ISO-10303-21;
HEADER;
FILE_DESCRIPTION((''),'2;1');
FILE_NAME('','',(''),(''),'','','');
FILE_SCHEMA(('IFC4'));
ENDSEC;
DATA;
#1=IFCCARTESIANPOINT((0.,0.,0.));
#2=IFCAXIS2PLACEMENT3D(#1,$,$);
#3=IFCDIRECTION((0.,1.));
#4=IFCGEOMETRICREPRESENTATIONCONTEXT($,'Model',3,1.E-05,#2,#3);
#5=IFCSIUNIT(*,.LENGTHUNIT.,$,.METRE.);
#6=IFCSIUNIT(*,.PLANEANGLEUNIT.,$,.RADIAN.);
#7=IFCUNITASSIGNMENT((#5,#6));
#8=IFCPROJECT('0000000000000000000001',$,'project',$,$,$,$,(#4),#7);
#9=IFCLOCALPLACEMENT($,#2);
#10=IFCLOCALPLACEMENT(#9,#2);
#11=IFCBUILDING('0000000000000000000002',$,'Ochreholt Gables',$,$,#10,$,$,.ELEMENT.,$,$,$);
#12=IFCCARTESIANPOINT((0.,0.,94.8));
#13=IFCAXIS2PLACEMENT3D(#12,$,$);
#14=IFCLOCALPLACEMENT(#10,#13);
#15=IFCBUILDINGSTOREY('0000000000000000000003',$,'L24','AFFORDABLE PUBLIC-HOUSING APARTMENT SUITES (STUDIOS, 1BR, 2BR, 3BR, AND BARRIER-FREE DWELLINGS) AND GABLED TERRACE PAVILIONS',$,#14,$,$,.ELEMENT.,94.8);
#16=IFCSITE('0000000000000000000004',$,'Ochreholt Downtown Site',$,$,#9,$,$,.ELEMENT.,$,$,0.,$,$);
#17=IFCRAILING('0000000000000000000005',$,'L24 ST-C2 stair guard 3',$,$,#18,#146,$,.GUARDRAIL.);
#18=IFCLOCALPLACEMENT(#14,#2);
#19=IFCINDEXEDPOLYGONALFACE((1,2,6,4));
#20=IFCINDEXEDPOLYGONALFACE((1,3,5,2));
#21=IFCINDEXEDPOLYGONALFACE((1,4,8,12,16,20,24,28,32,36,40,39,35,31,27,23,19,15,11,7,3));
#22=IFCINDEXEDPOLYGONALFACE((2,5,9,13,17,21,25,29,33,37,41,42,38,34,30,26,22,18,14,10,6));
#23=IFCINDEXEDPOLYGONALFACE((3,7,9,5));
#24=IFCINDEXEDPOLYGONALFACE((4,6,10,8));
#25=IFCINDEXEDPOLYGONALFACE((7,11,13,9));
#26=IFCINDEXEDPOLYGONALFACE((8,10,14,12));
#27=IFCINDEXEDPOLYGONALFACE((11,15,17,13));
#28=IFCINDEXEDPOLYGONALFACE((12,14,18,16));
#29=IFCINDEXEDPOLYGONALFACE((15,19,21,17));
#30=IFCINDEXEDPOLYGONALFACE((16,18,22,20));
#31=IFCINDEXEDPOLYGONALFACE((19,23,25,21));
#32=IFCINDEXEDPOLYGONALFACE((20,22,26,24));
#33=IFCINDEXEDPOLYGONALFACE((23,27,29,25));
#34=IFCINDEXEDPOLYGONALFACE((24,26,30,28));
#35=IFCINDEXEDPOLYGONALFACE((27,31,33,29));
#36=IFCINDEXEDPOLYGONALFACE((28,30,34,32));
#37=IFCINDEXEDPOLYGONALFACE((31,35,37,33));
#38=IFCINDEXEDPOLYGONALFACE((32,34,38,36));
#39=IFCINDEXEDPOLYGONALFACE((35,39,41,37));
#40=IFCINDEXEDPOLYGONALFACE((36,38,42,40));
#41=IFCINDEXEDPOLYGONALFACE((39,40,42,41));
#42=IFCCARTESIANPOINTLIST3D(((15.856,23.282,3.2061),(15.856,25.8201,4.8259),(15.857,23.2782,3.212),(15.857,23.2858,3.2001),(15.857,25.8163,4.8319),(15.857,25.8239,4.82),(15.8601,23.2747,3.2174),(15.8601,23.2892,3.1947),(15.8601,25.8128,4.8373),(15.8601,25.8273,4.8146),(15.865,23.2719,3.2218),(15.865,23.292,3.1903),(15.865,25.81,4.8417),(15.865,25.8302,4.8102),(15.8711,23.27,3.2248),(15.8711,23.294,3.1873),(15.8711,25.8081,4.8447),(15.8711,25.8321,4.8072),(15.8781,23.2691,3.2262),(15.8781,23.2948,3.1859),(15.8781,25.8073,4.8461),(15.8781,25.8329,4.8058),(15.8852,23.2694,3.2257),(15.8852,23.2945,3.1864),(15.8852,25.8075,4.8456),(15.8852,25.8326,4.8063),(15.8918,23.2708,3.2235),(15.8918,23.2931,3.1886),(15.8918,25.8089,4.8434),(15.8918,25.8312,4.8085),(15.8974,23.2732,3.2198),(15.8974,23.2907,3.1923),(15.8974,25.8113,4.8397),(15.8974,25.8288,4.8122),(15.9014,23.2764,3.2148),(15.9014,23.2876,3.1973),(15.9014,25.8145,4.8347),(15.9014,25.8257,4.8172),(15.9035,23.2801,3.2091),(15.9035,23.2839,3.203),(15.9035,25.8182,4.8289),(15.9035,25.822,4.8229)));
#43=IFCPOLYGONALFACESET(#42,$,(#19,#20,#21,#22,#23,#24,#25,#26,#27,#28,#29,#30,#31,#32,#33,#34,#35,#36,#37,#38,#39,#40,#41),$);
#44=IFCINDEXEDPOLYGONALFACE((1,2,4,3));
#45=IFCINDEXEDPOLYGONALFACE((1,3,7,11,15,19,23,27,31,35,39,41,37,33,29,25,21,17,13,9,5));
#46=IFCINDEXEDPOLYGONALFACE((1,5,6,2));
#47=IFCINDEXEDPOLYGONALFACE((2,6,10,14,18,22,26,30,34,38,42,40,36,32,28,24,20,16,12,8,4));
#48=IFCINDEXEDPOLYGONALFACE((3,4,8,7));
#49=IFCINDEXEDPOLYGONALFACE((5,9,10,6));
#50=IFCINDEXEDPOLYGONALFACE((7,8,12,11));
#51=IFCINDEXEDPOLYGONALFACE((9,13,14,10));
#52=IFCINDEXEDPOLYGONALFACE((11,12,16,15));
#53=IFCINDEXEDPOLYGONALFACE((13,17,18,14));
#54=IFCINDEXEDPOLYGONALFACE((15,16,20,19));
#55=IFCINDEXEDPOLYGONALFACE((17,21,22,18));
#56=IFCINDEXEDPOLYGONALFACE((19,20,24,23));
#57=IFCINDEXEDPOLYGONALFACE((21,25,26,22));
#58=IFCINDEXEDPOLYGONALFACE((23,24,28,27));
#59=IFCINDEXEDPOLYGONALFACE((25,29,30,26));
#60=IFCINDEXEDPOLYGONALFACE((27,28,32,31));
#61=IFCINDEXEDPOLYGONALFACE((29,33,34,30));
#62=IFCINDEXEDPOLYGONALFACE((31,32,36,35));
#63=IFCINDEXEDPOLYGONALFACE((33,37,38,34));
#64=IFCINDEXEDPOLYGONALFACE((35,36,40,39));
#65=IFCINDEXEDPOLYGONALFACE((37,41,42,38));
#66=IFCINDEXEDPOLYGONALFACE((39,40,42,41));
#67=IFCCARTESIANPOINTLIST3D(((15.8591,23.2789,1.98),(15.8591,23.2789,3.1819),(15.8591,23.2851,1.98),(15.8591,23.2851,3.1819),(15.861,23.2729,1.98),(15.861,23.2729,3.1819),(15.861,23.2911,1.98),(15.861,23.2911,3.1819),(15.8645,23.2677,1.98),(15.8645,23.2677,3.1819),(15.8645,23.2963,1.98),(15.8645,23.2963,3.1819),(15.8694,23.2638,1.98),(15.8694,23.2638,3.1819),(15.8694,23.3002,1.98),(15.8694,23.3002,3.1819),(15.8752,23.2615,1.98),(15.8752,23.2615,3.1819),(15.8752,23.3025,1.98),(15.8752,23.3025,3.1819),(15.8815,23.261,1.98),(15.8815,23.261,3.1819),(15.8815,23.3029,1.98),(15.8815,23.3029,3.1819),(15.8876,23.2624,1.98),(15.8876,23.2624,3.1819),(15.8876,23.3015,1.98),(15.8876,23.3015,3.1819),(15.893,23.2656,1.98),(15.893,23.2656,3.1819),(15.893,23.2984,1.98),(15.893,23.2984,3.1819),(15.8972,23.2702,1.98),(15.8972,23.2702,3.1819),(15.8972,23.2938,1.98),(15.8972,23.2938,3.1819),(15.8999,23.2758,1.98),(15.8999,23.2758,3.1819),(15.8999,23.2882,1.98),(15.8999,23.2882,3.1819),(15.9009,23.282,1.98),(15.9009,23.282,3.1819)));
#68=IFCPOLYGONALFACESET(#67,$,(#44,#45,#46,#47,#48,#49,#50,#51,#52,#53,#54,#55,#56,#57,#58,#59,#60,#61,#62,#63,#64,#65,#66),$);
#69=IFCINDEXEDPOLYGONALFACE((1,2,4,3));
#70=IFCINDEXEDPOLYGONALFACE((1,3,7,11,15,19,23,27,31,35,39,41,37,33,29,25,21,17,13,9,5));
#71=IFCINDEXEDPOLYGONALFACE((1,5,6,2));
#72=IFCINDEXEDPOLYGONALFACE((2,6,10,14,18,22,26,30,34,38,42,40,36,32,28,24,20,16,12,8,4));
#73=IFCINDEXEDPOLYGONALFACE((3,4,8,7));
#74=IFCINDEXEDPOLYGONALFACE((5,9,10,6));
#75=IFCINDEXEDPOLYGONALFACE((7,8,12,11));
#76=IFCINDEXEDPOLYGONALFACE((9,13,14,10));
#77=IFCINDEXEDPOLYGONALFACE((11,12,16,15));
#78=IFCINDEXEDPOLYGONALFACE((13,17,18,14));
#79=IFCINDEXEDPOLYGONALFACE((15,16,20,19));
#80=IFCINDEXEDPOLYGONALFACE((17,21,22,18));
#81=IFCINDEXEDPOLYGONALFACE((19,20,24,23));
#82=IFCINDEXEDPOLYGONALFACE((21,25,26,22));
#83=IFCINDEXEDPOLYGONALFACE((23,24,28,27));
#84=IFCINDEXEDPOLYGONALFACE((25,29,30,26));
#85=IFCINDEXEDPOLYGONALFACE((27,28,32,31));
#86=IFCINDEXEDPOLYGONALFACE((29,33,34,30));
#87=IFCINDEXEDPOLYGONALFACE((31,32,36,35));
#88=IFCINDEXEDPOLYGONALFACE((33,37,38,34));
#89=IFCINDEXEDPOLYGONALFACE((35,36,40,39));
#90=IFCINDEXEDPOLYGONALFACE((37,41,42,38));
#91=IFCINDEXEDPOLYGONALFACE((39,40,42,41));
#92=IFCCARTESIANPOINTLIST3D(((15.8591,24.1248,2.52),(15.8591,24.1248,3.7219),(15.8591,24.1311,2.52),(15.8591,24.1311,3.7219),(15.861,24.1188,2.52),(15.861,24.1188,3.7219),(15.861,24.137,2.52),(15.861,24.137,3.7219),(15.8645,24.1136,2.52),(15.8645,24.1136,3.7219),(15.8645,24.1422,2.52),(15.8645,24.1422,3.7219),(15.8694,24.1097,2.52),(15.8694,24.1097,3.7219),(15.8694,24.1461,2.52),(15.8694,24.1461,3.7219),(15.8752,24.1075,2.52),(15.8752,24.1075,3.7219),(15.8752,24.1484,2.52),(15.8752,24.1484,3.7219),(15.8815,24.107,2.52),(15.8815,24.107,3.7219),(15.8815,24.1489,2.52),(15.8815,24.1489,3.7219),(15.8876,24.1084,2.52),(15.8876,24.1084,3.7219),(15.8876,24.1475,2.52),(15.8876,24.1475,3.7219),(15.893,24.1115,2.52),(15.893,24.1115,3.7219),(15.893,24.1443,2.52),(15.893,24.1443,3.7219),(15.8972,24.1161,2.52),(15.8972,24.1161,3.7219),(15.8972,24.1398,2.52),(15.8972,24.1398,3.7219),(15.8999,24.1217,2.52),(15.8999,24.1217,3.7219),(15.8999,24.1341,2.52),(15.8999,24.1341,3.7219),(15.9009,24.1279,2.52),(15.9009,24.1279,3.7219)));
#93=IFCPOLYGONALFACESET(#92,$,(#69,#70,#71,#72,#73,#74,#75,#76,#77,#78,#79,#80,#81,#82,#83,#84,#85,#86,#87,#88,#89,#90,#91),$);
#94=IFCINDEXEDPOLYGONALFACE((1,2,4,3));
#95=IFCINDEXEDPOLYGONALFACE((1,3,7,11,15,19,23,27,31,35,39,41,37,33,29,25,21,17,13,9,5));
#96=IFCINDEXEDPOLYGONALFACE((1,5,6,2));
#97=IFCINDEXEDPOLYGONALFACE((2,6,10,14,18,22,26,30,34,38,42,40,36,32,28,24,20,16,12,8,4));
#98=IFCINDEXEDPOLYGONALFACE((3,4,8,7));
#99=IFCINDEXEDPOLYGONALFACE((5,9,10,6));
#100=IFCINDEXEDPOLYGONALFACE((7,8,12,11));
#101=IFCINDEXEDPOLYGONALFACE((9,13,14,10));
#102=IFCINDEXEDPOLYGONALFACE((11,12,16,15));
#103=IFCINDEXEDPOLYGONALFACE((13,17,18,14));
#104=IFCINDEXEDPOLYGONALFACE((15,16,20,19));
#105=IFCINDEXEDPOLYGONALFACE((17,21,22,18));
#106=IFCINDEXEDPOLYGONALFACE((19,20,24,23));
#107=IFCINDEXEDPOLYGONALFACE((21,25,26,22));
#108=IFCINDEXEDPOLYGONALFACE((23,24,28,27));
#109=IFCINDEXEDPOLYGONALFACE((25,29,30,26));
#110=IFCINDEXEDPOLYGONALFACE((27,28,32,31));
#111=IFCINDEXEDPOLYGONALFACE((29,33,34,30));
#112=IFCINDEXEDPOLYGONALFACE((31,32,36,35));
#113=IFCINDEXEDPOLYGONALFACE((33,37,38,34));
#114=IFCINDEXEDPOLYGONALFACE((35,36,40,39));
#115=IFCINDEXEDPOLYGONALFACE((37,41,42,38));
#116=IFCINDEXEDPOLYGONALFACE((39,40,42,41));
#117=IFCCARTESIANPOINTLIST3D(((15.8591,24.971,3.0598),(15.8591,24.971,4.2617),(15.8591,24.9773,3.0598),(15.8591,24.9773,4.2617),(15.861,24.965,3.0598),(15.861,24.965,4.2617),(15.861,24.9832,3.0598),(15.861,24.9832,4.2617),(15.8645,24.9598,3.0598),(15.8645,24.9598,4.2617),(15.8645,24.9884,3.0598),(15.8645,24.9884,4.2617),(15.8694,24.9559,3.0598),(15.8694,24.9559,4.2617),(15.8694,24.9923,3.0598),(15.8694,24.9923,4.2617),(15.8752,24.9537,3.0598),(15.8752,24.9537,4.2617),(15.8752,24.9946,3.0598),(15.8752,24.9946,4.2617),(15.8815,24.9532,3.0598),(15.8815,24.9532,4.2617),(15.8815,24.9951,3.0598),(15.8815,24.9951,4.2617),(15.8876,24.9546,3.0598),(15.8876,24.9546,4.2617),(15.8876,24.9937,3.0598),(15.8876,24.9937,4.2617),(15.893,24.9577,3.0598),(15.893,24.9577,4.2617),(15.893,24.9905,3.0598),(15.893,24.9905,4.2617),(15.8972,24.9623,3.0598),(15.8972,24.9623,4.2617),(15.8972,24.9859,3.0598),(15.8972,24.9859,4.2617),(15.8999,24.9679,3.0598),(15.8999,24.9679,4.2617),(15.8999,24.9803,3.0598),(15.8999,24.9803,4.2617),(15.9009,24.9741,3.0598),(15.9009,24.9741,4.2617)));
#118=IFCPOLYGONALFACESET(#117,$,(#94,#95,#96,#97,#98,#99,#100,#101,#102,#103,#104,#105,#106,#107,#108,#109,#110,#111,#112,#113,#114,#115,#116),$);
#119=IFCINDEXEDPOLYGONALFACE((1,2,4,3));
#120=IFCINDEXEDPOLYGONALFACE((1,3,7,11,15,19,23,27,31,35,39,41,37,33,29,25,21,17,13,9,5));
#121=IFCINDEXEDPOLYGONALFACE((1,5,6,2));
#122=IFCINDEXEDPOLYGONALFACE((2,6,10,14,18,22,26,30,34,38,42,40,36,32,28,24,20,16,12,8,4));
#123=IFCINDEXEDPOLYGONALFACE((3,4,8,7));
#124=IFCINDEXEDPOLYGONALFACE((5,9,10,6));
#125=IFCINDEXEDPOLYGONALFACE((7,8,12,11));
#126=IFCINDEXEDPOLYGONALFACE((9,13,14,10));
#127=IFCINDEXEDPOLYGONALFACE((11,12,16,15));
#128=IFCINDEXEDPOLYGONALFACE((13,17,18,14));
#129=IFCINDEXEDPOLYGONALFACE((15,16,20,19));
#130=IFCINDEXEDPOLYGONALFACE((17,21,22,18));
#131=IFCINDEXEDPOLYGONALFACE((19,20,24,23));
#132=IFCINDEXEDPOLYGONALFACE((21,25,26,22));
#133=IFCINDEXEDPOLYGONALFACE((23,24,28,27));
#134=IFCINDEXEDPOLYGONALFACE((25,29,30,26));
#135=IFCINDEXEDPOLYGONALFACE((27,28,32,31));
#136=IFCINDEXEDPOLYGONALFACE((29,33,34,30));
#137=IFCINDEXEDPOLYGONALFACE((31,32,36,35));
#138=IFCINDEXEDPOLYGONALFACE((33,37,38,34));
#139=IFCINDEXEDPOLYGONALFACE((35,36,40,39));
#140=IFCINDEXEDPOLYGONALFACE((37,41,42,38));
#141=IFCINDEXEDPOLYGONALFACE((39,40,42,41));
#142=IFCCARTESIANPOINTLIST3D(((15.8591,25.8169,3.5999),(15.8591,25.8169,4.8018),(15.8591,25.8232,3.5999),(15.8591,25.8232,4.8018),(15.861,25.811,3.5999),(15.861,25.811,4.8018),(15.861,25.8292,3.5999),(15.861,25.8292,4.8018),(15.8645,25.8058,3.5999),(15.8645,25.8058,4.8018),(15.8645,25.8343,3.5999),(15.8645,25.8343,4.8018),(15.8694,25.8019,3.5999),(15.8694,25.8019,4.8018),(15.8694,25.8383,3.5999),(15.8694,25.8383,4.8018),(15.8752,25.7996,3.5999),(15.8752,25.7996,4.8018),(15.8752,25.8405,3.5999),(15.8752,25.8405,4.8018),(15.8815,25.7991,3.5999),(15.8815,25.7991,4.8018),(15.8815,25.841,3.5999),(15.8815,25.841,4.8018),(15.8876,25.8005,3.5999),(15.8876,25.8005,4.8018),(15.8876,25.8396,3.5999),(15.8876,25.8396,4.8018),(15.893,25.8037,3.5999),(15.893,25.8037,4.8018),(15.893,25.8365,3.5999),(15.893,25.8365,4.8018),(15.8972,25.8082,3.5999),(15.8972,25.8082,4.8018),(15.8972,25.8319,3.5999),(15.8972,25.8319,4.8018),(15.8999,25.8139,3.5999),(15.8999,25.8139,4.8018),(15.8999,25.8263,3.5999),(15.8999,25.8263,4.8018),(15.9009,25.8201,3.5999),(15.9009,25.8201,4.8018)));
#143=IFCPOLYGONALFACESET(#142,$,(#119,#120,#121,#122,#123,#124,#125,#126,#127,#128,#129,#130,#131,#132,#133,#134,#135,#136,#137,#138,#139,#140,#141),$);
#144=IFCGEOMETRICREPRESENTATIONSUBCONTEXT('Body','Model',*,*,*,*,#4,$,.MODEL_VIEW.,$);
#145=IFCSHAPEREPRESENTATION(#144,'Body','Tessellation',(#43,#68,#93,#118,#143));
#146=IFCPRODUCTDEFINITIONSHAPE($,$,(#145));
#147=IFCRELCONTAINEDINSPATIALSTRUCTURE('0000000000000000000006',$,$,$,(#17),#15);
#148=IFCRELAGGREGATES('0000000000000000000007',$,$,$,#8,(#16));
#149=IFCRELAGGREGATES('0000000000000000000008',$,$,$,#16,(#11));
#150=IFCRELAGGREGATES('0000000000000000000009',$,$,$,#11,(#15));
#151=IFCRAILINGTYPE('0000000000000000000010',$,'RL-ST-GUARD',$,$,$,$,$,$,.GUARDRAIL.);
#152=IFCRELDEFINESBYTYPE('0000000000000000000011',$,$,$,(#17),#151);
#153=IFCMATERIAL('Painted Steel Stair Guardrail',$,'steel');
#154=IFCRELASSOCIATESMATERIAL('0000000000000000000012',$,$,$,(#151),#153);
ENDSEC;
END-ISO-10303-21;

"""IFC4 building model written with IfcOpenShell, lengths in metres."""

from ifc_helpers import new_model, si_unit, direction, frame, origin, origin_2d, place, context, subcontext, project, spatial, circle, extrude, material, type_object, element, save


model = new_model("IFC4")

# Units and contexts
model_context = context("Model", 3, precision=1e-05, world=origin(), true_north=direction((0.0, 1.0)))
body_context = subcontext(model_context, "Body", "Model", "MODEL_VIEW")
ifc_project = project(units=[si_unit("LENGTHUNIT", "METRE"), si_unit("PLANEANGLEUNIT", "RADIAN")], contexts=[model_context])

# Site, building, storey
site_placement = place(None, origin())
site = spatial("IfcSite", under=ifc_project, at=site_placement, Name="Ochreholt Downtown Site", CompositionType="ELEMENT", RefElevation=0.0)
building_placement = place(site_placement, origin())
building = spatial("IfcBuilding", under=site, at=building_placement, Name="Ochreholt Gables", CompositionType="ELEMENT")
storey_placement = place(building_placement, frame((0.0, 0.0, 94.8)))
storey = spatial("IfcBuildingStorey", under=building, at=storey_placement, Name="L24", Description="AFFORDABLE PUBLIC-HOUSING APARTMENT SUITES (STUDIOS, 1BR, 2BR, 3BR, AND BARRIER-FREE DWELLINGS) AND GABLED TERRACE PAVILIONS", CompositionType="ELEMENT", Elevation=94.8)

# Railing
ifc_material_1 = material(Name="Painted Steel Stair Guardrail", Category="steel")
railing_type_1 = type_object("IfcRailingType", Name="RL-ST-GUARD", PredefinedType="GUARDRAIL", material=ifc_material_1)
railing_1_placement = place(storey_placement, frame((15.8799, 23.282, 1.98)))
element("IfcRailing", 1, at=railing_1_placement, inside=storey, type_object=railing_type_1, Name="L24 ST-C2 stair guard 3", PredefinedType="GUARDRAIL", context=body_context, shape_type="SweptSolid", body=[
    extrude(circle(Radius=0.0239, at=origin_2d()), frame((0.0, 0.0, 1.2261), z_axis=(0.0, 0.84295, 0.537993), x_axis=(-1.0, 0.0, 0.0)), (0.0, 0.0, 1.0), 3.011),
    extrude(circle(Radius=0.021, at=origin_2d()), origin(), (0.0, 0.0, 1.0), 1.2019),
    extrude(circle(Radius=0.021, at=origin_2d()), frame((0.0, 0.8459, 0.54)), (0.0, 0.0, 1.0), 1.2019),
    extrude(circle(Radius=0.021, at=origin_2d()), frame((0.0, 1.6921, 1.0798)), (0.0, 0.0, 1.0), 1.2019),
    extrude(circle(Radius=0.021, at=origin_2d()), frame((0.0, 2.5381, 1.6199)), (0.0, 0.0, 1.0), 1.2019),
])

save(model, "model.ifc")
